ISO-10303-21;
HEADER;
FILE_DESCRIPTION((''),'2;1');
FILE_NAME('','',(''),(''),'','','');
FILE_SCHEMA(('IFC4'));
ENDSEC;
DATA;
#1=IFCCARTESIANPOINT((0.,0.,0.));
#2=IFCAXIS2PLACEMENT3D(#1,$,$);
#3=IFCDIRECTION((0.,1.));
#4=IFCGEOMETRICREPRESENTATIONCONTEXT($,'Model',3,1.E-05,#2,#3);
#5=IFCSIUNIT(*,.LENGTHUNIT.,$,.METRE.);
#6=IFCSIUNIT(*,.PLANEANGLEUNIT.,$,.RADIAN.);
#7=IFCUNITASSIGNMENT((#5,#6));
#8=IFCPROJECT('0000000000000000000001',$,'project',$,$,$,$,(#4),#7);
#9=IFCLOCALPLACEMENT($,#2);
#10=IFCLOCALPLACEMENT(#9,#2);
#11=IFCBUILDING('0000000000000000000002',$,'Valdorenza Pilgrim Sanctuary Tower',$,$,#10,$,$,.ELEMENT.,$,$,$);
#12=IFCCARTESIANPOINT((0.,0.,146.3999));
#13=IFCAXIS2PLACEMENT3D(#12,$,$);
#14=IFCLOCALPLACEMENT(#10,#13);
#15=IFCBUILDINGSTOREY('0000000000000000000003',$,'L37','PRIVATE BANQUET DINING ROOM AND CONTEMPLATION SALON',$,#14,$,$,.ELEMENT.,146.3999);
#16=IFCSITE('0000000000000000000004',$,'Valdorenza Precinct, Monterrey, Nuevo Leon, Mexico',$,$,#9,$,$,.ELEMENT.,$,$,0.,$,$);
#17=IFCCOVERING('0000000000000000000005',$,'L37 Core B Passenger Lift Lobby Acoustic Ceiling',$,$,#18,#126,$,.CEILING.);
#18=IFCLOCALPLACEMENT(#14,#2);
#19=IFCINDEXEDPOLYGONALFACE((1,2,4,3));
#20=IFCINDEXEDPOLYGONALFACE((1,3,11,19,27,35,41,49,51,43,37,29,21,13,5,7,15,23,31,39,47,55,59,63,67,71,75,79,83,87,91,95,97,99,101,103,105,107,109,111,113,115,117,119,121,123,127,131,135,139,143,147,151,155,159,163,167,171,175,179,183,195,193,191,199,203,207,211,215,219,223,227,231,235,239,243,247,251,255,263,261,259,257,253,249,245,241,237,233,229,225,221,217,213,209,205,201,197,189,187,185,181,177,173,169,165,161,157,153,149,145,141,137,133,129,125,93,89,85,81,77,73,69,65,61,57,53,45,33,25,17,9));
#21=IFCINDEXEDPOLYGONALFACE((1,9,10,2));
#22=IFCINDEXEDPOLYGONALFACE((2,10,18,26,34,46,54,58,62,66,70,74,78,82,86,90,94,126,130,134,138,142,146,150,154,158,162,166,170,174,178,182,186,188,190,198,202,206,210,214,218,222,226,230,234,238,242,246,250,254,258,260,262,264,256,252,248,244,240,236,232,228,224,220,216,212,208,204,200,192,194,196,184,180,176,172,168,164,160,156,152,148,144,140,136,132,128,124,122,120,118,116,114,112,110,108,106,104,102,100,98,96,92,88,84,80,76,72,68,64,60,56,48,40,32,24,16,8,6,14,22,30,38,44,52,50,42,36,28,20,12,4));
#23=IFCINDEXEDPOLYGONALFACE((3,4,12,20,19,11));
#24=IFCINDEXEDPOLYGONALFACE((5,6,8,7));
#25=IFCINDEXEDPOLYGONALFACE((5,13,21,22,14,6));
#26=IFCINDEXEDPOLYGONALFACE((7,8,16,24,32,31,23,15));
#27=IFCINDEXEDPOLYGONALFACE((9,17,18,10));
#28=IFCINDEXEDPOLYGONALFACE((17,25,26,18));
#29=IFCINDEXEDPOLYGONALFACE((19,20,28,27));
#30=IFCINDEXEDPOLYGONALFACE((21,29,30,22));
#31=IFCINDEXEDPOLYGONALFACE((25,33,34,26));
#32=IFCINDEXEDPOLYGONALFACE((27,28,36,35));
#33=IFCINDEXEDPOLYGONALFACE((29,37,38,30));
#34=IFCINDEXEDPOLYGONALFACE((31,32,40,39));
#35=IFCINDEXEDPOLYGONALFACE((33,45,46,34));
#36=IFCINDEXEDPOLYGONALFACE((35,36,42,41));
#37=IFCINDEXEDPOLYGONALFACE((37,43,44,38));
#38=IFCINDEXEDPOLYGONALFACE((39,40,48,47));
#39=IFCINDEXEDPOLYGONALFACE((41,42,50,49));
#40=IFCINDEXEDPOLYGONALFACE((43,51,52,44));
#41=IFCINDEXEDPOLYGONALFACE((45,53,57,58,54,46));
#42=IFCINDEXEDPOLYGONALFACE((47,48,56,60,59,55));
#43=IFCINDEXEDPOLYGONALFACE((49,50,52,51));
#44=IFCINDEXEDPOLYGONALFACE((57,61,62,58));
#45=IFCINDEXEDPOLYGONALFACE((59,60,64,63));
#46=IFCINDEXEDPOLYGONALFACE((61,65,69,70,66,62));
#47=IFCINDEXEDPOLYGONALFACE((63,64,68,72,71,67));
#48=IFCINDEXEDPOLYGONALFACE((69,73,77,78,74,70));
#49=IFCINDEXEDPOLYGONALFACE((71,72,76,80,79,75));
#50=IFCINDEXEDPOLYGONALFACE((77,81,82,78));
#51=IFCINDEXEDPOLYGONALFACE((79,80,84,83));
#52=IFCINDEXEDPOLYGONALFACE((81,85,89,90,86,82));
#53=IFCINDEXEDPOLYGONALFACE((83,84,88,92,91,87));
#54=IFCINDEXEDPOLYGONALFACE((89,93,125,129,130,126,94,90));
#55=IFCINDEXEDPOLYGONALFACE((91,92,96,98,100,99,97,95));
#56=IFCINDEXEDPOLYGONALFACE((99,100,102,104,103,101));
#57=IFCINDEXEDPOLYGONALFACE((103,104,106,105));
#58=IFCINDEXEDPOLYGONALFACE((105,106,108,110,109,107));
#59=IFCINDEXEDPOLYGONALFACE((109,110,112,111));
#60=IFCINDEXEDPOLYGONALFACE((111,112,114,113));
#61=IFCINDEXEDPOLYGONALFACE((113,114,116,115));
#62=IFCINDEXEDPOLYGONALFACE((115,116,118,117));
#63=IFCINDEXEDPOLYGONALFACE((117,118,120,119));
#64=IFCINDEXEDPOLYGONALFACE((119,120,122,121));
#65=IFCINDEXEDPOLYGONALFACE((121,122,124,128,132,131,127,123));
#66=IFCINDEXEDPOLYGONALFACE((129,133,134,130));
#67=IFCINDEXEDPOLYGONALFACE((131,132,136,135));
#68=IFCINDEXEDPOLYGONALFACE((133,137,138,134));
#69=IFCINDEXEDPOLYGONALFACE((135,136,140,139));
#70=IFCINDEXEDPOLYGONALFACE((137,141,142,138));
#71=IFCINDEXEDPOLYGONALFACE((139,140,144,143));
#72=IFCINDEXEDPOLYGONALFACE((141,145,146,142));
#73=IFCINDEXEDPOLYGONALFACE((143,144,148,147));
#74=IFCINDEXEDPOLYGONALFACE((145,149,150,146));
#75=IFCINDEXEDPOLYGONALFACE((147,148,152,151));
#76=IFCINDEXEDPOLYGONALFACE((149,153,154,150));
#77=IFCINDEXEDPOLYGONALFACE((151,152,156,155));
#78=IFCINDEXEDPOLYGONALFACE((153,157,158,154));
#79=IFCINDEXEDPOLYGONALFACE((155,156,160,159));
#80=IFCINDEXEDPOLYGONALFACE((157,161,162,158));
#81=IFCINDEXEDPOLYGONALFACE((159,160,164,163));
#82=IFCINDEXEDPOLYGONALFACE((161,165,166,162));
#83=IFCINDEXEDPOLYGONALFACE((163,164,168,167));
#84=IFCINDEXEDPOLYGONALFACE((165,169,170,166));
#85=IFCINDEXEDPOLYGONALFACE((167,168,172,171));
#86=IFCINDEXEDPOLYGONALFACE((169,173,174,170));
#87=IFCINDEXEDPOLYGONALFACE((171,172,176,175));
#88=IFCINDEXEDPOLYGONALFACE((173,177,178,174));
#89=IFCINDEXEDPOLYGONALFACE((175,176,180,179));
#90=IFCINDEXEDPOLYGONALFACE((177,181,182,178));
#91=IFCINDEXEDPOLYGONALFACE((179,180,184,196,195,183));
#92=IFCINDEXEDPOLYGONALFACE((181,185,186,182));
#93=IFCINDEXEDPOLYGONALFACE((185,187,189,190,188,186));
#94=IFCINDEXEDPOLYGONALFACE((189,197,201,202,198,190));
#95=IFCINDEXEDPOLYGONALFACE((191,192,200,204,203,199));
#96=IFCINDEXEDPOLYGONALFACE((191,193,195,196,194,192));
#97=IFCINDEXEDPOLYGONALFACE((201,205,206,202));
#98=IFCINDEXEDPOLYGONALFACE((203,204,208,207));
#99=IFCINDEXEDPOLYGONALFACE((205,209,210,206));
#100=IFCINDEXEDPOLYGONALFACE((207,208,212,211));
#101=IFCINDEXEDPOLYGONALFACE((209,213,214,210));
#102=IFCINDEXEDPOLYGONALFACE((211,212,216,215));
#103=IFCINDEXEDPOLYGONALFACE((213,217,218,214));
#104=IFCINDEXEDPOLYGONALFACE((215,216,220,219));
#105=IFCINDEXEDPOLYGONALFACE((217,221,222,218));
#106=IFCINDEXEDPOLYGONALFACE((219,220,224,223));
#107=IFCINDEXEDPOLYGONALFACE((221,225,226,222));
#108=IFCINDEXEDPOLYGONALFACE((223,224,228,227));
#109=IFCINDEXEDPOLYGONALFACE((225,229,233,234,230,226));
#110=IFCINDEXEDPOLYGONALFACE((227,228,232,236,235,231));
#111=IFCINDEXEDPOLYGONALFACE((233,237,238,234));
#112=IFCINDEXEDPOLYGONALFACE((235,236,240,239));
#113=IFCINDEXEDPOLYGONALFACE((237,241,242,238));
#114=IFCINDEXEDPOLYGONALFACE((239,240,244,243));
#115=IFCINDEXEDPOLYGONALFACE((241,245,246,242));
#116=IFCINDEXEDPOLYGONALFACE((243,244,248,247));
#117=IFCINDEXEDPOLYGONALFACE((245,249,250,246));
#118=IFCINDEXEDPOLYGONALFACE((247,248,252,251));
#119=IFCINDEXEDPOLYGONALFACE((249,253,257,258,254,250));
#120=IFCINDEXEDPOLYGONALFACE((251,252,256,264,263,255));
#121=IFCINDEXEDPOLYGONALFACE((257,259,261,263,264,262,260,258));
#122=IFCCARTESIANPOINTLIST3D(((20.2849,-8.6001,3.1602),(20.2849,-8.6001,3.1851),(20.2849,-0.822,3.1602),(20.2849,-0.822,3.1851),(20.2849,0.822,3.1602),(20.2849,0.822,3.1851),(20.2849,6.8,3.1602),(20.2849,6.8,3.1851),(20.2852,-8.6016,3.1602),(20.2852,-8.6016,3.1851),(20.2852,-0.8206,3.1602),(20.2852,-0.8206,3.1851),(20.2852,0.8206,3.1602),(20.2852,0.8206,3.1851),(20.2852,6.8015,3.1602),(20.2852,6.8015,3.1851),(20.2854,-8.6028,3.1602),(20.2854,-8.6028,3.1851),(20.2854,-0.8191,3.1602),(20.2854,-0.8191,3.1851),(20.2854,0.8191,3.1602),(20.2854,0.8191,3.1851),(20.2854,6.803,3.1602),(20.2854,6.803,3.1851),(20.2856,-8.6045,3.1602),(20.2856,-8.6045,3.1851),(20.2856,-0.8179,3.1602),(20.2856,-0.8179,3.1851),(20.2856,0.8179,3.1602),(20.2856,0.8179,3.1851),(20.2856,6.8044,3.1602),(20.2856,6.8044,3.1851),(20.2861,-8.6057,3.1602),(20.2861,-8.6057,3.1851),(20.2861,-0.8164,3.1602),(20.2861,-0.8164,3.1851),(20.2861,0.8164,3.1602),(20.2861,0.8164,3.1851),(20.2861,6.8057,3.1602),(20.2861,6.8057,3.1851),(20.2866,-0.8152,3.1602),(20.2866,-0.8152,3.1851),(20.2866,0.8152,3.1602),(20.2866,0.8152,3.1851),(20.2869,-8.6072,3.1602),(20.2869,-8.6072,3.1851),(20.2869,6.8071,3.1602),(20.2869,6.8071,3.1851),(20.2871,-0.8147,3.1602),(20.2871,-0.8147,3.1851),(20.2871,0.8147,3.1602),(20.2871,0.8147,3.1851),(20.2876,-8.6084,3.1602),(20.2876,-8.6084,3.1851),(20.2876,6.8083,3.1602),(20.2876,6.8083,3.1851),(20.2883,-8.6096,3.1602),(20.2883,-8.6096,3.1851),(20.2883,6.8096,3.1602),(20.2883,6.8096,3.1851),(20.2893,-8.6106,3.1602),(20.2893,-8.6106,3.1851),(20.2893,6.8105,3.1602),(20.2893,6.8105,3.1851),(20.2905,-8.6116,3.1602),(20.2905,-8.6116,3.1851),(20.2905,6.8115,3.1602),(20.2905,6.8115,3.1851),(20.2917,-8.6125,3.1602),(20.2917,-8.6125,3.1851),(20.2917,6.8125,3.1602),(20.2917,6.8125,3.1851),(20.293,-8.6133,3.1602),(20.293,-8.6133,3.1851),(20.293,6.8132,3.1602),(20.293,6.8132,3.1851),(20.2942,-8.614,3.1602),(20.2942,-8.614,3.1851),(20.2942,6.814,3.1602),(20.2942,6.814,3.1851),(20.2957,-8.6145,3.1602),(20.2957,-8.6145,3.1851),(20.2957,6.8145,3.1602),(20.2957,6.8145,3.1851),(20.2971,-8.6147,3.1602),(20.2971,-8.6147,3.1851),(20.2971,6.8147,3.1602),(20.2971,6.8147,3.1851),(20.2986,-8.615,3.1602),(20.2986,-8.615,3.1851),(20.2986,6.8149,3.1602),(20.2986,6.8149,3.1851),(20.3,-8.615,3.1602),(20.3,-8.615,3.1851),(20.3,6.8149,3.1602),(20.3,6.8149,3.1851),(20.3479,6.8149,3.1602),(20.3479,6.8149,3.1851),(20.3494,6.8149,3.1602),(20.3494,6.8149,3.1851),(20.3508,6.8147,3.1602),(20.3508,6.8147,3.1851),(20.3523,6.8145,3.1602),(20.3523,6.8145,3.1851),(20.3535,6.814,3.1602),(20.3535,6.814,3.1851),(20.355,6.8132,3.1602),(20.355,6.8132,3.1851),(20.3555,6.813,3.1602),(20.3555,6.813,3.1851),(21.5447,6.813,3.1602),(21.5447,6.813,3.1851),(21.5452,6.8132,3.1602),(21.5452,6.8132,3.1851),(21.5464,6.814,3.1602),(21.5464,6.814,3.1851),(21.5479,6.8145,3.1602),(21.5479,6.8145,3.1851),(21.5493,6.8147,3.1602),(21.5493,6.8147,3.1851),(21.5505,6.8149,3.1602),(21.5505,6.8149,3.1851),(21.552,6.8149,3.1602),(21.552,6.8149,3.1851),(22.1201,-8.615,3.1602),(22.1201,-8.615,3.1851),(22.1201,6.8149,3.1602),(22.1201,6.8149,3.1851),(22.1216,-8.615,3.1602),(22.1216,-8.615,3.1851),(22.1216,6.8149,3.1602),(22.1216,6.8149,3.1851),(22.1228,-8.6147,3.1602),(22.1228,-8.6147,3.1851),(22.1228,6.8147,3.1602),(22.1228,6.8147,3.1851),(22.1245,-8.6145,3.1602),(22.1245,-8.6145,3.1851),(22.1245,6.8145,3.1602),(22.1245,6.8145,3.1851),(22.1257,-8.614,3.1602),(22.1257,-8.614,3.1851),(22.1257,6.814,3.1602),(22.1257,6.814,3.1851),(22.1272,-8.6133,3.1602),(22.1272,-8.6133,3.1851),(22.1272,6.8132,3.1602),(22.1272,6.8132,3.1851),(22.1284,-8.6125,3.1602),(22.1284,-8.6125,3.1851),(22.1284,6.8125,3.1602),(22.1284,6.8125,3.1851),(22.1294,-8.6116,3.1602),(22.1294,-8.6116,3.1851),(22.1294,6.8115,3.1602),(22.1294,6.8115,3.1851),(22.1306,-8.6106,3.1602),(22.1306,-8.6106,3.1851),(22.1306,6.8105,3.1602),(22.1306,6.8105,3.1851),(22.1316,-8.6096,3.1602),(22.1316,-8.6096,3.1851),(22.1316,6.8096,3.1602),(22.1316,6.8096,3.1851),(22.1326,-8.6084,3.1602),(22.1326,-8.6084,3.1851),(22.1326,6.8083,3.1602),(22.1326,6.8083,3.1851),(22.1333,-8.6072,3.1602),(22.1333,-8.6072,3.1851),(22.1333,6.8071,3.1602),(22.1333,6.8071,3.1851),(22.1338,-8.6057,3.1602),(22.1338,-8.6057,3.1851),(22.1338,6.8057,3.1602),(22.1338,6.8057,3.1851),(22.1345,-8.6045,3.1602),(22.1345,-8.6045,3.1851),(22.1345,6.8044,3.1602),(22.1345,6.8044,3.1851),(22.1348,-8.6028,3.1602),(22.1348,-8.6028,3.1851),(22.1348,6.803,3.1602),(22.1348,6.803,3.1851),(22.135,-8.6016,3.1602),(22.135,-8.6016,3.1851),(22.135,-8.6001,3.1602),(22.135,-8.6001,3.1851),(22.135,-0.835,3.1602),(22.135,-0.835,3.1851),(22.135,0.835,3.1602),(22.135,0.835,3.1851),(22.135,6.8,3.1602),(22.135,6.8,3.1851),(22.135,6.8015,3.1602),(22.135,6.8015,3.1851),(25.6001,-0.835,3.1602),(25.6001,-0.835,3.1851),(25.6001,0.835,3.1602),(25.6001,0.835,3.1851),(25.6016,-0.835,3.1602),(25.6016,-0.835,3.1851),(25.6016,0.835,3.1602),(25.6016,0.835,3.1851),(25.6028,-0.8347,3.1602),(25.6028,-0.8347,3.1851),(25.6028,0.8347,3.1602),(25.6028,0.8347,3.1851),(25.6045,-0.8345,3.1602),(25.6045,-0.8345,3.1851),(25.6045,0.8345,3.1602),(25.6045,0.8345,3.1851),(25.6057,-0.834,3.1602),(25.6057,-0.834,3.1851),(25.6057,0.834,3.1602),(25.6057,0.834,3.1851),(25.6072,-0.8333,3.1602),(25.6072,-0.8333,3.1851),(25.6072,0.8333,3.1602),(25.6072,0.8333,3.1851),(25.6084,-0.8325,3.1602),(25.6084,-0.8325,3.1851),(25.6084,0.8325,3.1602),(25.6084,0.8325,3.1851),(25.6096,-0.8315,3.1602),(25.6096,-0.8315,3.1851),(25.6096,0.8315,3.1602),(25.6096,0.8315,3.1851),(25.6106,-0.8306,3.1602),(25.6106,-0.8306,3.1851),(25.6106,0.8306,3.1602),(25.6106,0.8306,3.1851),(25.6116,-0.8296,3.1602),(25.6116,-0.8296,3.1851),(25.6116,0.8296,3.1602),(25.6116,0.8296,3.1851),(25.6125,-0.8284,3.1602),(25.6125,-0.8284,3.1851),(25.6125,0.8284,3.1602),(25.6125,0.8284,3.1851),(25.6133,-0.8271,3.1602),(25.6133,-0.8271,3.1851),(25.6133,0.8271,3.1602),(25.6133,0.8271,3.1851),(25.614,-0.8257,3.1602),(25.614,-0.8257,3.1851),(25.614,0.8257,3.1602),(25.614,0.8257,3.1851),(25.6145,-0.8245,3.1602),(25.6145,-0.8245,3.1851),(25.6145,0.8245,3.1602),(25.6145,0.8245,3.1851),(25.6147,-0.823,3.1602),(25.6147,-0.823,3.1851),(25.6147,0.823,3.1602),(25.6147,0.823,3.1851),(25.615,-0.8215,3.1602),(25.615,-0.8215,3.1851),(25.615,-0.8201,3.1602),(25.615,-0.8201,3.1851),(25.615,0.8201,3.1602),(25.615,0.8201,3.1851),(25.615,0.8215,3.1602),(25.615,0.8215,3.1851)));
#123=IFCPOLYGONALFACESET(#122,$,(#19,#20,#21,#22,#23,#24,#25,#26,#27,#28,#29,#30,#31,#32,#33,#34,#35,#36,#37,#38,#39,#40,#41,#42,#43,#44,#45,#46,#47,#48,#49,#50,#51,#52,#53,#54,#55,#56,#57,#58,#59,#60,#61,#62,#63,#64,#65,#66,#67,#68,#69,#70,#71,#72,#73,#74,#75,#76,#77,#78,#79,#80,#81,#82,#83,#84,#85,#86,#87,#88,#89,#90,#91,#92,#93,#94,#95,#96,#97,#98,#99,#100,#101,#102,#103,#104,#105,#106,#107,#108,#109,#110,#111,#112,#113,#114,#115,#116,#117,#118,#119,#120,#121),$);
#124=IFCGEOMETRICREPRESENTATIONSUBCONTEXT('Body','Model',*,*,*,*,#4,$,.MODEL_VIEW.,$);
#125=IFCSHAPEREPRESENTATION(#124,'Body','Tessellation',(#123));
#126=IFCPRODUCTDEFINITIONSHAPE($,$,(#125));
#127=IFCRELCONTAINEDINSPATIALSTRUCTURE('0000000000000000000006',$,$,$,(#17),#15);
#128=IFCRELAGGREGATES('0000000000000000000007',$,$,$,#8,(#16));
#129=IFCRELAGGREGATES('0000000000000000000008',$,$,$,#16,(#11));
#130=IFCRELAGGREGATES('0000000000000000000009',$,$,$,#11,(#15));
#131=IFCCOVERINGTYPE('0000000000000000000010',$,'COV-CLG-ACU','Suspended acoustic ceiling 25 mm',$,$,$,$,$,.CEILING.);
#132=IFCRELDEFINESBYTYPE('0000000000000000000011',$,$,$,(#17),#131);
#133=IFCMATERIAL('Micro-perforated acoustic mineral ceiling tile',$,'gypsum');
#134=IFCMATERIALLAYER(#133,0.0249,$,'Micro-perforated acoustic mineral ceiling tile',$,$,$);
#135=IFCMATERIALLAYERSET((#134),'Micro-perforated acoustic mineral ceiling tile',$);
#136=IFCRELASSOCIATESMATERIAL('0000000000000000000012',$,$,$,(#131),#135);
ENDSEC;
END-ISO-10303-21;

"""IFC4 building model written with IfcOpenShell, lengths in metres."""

from ifc_helpers import new_model, si_unit, direction, frame, origin, place, context, subcontext, project, spatial, polyline, outline, extrude, material, layer, layer_set, type_object, element, save


model = new_model("IFC4")

# Units and contexts
model_context = context("Model", 3, precision=1e-05, world=origin(), true_north=direction((0.0, 1.0)))
body_context = subcontext(model_context, "Body", "Model", "MODEL_VIEW")
ifc_project = project(units=[si_unit("LENGTHUNIT", "METRE"), si_unit("PLANEANGLEUNIT", "RADIAN")], contexts=[model_context])

# Site, building, storey
site_placement = place(None, origin())
site = spatial("IfcSite", under=ifc_project, at=site_placement, Name="Valdorenza Precinct, Monterrey, Nuevo Leon, Mexico", CompositionType="ELEMENT", RefElevation=0.0)
building_placement = place(site_placement, origin())
building = spatial("IfcBuilding", under=site, at=building_placement, Name="Valdorenza Pilgrim Sanctuary Tower", CompositionType="ELEMENT")
storey_placement = place(building_placement, frame((0.0, 0.0, 146.3999)))
storey = spatial("IfcBuildingStorey", under=building, at=storey_placement, Name="L37", Description="PRIVATE BANQUET DINING ROOM AND CONTEMPLATION SALON", CompositionType="ELEMENT", Elevation=146.3999)

# Covering
ifc_material_1 = material(Name="Micro-perforated acoustic mineral ceiling tile", Category="gypsum")
ifc_layer_1 = layer(ifc_material_1, 0.0249, Name="Micro-perforated acoustic mineral ceiling tile")
ifc_layer_set_1 = layer_set([ifc_layer_1], Name="Micro-perforated acoustic mineral ceiling tile")
covering_type_1 = type_object("IfcCoveringType", Name="COV-CLG-ACU", Description="Suspended acoustic ceiling 25 mm", PredefinedType="CEILING", material=ifc_layer_set_1)
covering_1_placement = place(storey_placement, frame((0.0, 0.0, 3.1602)))
element("IfcCovering", 1, at=covering_1_placement, inside=storey, type_object=covering_type_1, Name="L37 Core B Passenger Lift Lobby Acoustic Ceiling", PredefinedType="CEILING", context=body_context, shape_type="SweptSolid", body=[
    extrude(outline(polyline([(20.2871, -0.8147), (20.2871, 0.8147), (20.2866, 0.8152), (20.2861, 0.8164), (20.2856, 0.8179), (20.2854, 0.8191), (20.2852, 0.8206), (20.2849, 0.822), (20.2849, 6.8), (20.2852, 6.8015), (20.2854, 6.803), (20.2856, 6.8044), (20.2861, 6.8057), (20.2869, 6.8071), (20.2876, 6.8083), (20.2883, 6.8096), (20.2893, 6.8105), (20.2905, 6.8115), (20.2917, 6.8125), (20.293, 6.8132), (20.2942, 6.814), (20.2957, 6.8145), (20.2971, 6.8147), (20.2986, 6.8149), (20.3, 6.8149), (20.3479, 6.8149), (20.3494, 6.8149), (20.3508, 6.8147), (20.3523, 6.8145), (20.3535, 6.814), (20.355, 6.8132), (20.3555, 6.813), (21.5447, 6.813), (21.5452, 6.8132), (21.5464, 6.814), (21.5479, 6.8145), (21.5493, 6.8147), (21.5505, 6.8149), (21.552, 6.8149), (22.1201, 6.8149), (22.1216, 6.8149), (22.1228, 6.8147), (22.1245, 6.8145), (22.1257, 6.814), (22.1272, 6.8132), (22.1284, 6.8125), (22.1294, 6.8115), (22.1306, 6.8105), (22.1316, 6.8096), (22.1326, 6.8083), (22.1333, 6.8071), (22.1338, 6.8057), (22.1345, 6.8044), (22.1348, 6.803), (22.135, 6.8015), (22.135, 6.8), (22.135, 0.835), (25.6001, 0.835), (25.6016, 0.835), (25.6028, 0.8347), (25.6045, 0.8345), (25.6057, 0.834), (25.6072, 0.8333), (25.6084, 0.8325), (25.6096, 0.8315), (25.6106, 0.8306), (25.6116, 0.8296), (25.6125, 0.8284), (25.6133, 0.8271), (25.614, 0.8257), (25.6145, 0.8245), (25.6147, 0.823), (25.615, 0.8215), (25.615, 0.8201), (25.615, -0.8201), (25.615, -0.8215), (25.6147, -0.823), (25.6145, -0.8245), (25.614, -0.8257), (25.6133, -0.8271), (25.6125, -0.8284), (25.6116, -0.8296), (25.6106, -0.8306), (25.6096, -0.8315), (25.6084, -0.8325), (25.6072, -0.8333), (25.6057, -0.834), (25.6045, -0.8345), (25.6028, -0.8347), (25.6016, -0.835), (25.6001, -0.835), (22.135, -0.835), (22.135, -8.6001), (22.135, -8.6016), (22.1348, -8.6028), (22.1345, -8.6045), (22.1338, -8.6057), (22.1333, -8.6072), (22.1326, -8.6084), (22.1316, -8.6096), (22.1306, -8.6106), (22.1294, -8.6116), (22.1284, -8.6125), (22.1272, -8.6133), (22.1257, -8.614), (22.1245, -8.6145), (22.1228, -8.6147), (22.1216, -8.615), (22.1201, -8.615), (20.3, -8.615), (20.2986, -8.615), (20.2971, -8.6147), (20.2957, -8.6145), (20.2942, -8.614), (20.293, -8.6133), (20.2917, -8.6125), (20.2905, -8.6116), (20.2893, -8.6106), (20.2883, -8.6096), (20.2876, -8.6084), (20.2869, -8.6072), (20.2861, -8.6057), (20.2856, -8.6045), (20.2854, -8.6028), (20.2852, -8.6016), (20.2849, -8.6001), (20.2849, -0.822), (20.2852, -0.8206), (20.2854, -0.8191), (20.2856, -0.8179), (20.2861, -0.8164), (20.2866, -0.8152), (20.2871, -0.8147)])), origin(), (0.0, 0.0, 1.0), 0.0249),
])

save(model, "model.ifc")
